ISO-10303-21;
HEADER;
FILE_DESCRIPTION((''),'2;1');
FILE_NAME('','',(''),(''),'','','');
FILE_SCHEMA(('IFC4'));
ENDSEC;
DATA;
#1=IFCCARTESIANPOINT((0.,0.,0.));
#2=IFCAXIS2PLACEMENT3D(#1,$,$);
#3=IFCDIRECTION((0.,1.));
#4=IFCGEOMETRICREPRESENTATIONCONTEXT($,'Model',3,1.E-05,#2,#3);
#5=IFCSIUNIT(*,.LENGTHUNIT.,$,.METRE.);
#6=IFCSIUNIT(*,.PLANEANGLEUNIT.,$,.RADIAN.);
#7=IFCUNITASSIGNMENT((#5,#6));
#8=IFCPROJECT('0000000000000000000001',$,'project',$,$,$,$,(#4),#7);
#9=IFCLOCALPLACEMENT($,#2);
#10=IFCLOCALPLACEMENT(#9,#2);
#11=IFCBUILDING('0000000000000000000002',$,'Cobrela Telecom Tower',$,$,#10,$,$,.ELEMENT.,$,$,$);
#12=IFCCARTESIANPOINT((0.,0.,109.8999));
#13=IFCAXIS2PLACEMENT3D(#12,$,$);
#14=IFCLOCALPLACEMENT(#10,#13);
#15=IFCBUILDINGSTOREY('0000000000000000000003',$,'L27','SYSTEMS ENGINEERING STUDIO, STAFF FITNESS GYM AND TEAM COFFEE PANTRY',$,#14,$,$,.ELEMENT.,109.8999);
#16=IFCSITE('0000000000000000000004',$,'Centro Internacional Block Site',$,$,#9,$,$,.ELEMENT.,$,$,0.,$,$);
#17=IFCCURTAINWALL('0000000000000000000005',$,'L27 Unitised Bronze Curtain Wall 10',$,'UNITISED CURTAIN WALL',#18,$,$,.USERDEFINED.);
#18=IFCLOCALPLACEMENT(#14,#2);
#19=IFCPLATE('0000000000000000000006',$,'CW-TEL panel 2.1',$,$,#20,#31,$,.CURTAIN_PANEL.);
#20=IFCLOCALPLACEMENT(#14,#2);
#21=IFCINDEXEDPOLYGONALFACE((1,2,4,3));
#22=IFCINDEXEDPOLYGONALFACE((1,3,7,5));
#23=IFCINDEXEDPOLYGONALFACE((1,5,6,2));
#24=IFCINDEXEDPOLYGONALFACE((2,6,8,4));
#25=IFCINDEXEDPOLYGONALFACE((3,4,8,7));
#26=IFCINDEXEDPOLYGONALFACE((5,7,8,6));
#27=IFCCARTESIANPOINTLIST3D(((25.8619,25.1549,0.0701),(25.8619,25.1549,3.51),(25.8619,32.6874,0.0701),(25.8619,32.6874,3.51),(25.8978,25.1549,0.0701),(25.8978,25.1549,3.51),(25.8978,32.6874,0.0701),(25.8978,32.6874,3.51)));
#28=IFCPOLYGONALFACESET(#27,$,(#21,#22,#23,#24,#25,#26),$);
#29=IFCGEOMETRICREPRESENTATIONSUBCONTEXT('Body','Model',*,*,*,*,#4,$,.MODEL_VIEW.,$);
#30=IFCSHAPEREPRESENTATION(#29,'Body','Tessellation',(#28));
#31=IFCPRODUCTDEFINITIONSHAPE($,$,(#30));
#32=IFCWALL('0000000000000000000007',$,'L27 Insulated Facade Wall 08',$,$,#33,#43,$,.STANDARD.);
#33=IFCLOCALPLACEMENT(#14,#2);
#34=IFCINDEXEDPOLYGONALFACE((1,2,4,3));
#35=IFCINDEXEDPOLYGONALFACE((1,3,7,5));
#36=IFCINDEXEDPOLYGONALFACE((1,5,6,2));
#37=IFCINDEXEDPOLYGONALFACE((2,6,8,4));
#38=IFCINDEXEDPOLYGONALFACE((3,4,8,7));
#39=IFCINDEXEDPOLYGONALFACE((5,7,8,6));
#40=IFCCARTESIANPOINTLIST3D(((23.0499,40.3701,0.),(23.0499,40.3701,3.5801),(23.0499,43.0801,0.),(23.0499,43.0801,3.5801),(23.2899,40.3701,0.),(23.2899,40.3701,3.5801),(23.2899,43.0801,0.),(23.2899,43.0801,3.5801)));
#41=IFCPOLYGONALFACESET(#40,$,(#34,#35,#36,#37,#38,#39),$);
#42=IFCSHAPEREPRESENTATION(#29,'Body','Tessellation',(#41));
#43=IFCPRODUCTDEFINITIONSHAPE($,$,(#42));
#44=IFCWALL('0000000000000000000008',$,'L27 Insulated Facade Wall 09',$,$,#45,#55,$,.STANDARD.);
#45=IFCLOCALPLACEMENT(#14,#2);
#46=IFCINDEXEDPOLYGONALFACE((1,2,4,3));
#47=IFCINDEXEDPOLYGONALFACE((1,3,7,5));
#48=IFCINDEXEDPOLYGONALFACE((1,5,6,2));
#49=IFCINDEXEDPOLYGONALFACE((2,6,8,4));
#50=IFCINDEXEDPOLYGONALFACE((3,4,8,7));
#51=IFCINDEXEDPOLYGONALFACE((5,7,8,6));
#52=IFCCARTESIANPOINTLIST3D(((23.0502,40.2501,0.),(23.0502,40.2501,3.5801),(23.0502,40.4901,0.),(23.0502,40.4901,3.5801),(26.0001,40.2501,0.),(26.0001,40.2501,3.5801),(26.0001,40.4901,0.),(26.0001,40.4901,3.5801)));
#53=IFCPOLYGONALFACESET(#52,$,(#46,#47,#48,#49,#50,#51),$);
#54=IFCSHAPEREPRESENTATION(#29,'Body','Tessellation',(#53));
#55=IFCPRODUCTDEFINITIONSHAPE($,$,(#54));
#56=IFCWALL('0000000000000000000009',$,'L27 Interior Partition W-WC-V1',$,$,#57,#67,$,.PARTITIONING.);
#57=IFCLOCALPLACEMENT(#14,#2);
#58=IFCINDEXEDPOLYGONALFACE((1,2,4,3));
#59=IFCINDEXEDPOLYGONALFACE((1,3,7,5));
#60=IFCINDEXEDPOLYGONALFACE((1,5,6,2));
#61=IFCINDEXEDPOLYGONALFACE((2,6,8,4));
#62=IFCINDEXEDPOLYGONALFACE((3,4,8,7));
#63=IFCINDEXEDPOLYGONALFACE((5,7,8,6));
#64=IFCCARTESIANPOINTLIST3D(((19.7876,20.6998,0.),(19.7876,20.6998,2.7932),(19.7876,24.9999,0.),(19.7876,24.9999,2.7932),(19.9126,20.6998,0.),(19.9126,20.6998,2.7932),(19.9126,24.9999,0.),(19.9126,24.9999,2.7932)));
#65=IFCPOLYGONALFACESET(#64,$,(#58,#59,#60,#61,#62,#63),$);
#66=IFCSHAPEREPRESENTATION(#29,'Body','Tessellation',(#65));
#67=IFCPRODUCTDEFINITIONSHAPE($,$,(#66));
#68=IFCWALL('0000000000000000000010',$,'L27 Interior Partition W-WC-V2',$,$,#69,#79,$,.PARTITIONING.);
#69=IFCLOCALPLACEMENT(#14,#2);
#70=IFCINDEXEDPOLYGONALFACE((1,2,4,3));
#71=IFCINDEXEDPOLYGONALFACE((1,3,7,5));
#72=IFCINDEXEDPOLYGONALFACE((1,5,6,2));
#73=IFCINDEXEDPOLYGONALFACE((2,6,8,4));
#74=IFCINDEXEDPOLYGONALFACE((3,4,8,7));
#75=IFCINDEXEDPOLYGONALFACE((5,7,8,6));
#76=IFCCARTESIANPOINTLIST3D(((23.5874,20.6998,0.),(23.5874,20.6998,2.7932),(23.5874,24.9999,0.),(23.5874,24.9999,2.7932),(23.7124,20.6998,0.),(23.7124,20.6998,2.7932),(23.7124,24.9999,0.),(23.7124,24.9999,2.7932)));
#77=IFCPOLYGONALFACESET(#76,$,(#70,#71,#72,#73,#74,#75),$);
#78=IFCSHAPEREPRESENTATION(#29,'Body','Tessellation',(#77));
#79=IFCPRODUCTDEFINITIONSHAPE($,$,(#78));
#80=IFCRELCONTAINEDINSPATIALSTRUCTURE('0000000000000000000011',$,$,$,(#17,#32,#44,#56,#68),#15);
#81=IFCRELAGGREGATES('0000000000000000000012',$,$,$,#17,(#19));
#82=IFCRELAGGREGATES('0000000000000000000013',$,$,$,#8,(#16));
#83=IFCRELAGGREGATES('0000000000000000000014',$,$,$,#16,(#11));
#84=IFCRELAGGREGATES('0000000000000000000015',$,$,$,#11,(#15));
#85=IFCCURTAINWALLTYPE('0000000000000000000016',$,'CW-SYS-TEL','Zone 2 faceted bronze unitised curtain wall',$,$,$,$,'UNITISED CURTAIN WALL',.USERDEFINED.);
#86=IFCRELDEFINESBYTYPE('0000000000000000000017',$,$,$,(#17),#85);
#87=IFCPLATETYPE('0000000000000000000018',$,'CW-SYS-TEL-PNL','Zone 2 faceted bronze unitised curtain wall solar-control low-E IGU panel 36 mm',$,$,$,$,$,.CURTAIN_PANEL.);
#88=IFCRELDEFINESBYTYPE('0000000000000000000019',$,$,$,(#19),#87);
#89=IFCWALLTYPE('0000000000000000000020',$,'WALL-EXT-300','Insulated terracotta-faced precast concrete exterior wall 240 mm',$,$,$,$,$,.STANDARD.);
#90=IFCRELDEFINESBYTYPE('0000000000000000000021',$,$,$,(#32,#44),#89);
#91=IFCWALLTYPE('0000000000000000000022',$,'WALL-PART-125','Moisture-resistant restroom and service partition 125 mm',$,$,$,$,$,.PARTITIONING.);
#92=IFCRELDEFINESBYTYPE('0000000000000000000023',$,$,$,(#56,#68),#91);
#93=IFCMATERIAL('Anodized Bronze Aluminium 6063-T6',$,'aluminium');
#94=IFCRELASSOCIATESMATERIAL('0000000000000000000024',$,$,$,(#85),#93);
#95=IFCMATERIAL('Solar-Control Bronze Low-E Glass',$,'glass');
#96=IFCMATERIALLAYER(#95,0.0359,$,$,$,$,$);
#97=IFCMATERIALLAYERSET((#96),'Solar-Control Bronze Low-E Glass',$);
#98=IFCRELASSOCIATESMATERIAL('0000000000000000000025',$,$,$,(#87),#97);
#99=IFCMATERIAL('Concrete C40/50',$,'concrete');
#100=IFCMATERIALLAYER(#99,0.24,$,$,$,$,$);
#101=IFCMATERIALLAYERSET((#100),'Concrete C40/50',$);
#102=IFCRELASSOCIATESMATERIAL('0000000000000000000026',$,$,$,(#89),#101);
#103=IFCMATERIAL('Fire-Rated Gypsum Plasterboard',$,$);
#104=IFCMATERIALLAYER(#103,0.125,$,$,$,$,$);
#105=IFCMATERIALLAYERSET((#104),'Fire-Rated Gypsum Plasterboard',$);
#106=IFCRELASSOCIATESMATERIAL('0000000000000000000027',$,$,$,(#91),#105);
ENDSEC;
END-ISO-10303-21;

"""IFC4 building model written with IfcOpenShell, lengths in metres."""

from ifc_helpers import new_model, si_unit, direction, frame, frame_2d, origin, origin_2d, place, context, subcontext, project, spatial, rectangle, extrude, material, layer, layer_set, type_object, element, aggregate, save


model = new_model("IFC4")

# Units and contexts
model_context = context("Model", 3, precision=1e-05, world=origin(), true_north=direction((0.0, 1.0)))
body_context = subcontext(model_context, "Body", "Model", "MODEL_VIEW")
ifc_project = project(units=[si_unit("LENGTHUNIT", "METRE"), si_unit("PLANEANGLEUNIT", "RADIAN")], contexts=[model_context])

# Site, building, storey
site_placement = place(None, origin())
site = spatial("IfcSite", under=ifc_project, at=site_placement, Name="Centro Internacional Block Site", CompositionType="ELEMENT", RefElevation=0.0)
building_placement = place(site_placement, origin())
building = spatial("IfcBuilding", under=site, at=building_placement, Name="Cobrela Telecom Tower", CompositionType="ELEMENT")
storey_placement = place(building_placement, frame((0.0, 0.0, 109.8999)))
storey = spatial("IfcBuildingStorey", under=building, at=storey_placement, Name="L27", Description="SYSTEMS ENGINEERING STUDIO, STAFF FITNESS GYM AND TEAM COFFEE PANTRY", CompositionType="ELEMENT", Elevation=109.8999)

# Shared definitions
ifc_material_1 = material(Name="Anodized Bronze Aluminium 6063-T6", Category="aluminium")
curtain_wall_type = type_object("IfcCurtainWallType", Name="CW-SYS-TEL", Description="Zone 2 faceted bronze unitised curtain wall", ElementType="UNITISED CURTAIN WALL", PredefinedType="USERDEFINED", material=ifc_material_1)

# Curtain wall
curtain_wall_1_placement = place(storey_placement, origin())
curtain_wall_1 = element("IfcCurtainWall", 1, at=curtain_wall_1_placement, inside=storey, type_object=curtain_wall_type, Name="L27 Unitised Bronze Curtain Wall 10", ObjectType="UNITISED CURTAIN WALL", PredefinedType="USERDEFINED")

# Plate
ifc_material_2 = material(Name="Solar-Control Bronze Low-E Glass", Category="glass")
ifc_layer_1 = layer(ifc_material_2, 0.0359)
ifc_layer_set_1 = layer_set([ifc_layer_1], Name="Solar-Control Bronze Low-E Glass")
plate_type = type_object("IfcPlateType", Name="CW-SYS-TEL-PNL", Description="Zone 2 faceted bronze unitised curtain wall solar-control low-E IGU panel 36 mm", PredefinedType="CURTAIN_PANEL", material=ifc_layer_set_1)
plate_1_placement = place(storey_placement, frame((25.8799, 28.9211, 0.0701), z_axis=(0.0, 0.0, 1.0), x_axis=(0.0, -1.0, 0.0)))
plate_1 = element("IfcPlate", 2, at=plate_1_placement, type_object=plate_type, Name="CW-TEL panel 2.1", PredefinedType="CURTAIN_PANEL", context=body_context, shape_type="SweptSolid", body=[
    extrude(rectangle(XDim=7.5325, YDim=0.0359, at=origin_2d()), origin(), (0.0, 0.0, 1.0), 3.4399),
])
aggregate(curtain_wall_1, [plate_1])

# Walls
ifc_material_3 = material(Name="Concrete C40/50", Category="concrete")
ifc_layer_2 = layer(ifc_material_3, 0.24)
ifc_layer_set_2 = layer_set([ifc_layer_2], Name="Concrete C40/50")
wall_type_1 = type_object("IfcWallType", Name="WALL-EXT-300", Description="Insulated terracotta-faced precast concrete exterior wall 240 mm", PredefinedType="STANDARD", material=ifc_layer_set_2)
wall_1_placement = place(storey_placement, frame((23.1699, 43.0801, 0.0), z_axis=(0.0, 0.0, 1.0), x_axis=(0.0, -1.0, 0.0)))
element("IfcWall", 3, at=wall_1_placement, inside=storey, type_object=wall_type_1, Name="L27 Insulated Facade Wall 08", PredefinedType="STANDARD", context=body_context, shape_type="SweptSolid", body=[
    extrude(rectangle(XDim=2.71, YDim=0.24, at=frame_2d((1.355, 0.0))), origin(), (0.0, 0.0, 1.0), 3.5801),
])
wall_2_placement = place(storey_placement, frame((23.05, 40.3701, 0.0), z_axis=(0.0, 0.0, 1.0), x_axis=(1.0, 0.0, 0.0)))
element("IfcWall", 4, at=wall_2_placement, inside=storey, type_object=wall_type_1, Name="L27 Insulated Facade Wall 09", PredefinedType="STANDARD", context=body_context, shape_type="SweptSolid", body=[
    extrude(rectangle(XDim=2.95, YDim=0.24, at=frame_2d((1.4751, 0.0))), origin(), (0.0, 0.0, 1.0), 3.5801),
])
ifc_material_4 = material(Name="Fire-Rated Gypsum Plasterboard")
ifc_layer_3 = layer(ifc_material_4, 0.125)
ifc_layer_set_3 = layer_set([ifc_layer_3], Name="Fire-Rated Gypsum Plasterboard")
wall_type_2 = type_object("IfcWallType", Name="WALL-PART-125", Description="Moisture-resistant restroom and service partition 125 mm", PredefinedType="PARTITIONING", material=ifc_layer_set_3)
for number, where, z_axis, x_axis, name in (
    (5, (19.8501, 20.7, 0.0), (0.0, 0.0, 1.0), (0.0, 1.0, 0.0), "L27 Interior Partition W-WC-V1"),
    (6, (23.6499, 20.7, 0.0), (0.0, 0.0, 1.0), (0.0, 1.0, 0.0), "L27 Interior Partition W-WC-V2"),
):
    element("IfcWall", number, at=place(storey_placement, frame(where, z_axis=z_axis, x_axis=x_axis)), inside=storey, type_object=wall_type_2, Name=name, PredefinedType="PARTITIONING", context=body_context, shape_type="SweptSolid", body=[
        extrude(rectangle(XDim=4.3, YDim=0.125, at=frame_2d((2.1499, 0.0))), origin(), (0.0, 0.0, 1.0), 2.7932),
    ])

save(model, "model.ifc")
